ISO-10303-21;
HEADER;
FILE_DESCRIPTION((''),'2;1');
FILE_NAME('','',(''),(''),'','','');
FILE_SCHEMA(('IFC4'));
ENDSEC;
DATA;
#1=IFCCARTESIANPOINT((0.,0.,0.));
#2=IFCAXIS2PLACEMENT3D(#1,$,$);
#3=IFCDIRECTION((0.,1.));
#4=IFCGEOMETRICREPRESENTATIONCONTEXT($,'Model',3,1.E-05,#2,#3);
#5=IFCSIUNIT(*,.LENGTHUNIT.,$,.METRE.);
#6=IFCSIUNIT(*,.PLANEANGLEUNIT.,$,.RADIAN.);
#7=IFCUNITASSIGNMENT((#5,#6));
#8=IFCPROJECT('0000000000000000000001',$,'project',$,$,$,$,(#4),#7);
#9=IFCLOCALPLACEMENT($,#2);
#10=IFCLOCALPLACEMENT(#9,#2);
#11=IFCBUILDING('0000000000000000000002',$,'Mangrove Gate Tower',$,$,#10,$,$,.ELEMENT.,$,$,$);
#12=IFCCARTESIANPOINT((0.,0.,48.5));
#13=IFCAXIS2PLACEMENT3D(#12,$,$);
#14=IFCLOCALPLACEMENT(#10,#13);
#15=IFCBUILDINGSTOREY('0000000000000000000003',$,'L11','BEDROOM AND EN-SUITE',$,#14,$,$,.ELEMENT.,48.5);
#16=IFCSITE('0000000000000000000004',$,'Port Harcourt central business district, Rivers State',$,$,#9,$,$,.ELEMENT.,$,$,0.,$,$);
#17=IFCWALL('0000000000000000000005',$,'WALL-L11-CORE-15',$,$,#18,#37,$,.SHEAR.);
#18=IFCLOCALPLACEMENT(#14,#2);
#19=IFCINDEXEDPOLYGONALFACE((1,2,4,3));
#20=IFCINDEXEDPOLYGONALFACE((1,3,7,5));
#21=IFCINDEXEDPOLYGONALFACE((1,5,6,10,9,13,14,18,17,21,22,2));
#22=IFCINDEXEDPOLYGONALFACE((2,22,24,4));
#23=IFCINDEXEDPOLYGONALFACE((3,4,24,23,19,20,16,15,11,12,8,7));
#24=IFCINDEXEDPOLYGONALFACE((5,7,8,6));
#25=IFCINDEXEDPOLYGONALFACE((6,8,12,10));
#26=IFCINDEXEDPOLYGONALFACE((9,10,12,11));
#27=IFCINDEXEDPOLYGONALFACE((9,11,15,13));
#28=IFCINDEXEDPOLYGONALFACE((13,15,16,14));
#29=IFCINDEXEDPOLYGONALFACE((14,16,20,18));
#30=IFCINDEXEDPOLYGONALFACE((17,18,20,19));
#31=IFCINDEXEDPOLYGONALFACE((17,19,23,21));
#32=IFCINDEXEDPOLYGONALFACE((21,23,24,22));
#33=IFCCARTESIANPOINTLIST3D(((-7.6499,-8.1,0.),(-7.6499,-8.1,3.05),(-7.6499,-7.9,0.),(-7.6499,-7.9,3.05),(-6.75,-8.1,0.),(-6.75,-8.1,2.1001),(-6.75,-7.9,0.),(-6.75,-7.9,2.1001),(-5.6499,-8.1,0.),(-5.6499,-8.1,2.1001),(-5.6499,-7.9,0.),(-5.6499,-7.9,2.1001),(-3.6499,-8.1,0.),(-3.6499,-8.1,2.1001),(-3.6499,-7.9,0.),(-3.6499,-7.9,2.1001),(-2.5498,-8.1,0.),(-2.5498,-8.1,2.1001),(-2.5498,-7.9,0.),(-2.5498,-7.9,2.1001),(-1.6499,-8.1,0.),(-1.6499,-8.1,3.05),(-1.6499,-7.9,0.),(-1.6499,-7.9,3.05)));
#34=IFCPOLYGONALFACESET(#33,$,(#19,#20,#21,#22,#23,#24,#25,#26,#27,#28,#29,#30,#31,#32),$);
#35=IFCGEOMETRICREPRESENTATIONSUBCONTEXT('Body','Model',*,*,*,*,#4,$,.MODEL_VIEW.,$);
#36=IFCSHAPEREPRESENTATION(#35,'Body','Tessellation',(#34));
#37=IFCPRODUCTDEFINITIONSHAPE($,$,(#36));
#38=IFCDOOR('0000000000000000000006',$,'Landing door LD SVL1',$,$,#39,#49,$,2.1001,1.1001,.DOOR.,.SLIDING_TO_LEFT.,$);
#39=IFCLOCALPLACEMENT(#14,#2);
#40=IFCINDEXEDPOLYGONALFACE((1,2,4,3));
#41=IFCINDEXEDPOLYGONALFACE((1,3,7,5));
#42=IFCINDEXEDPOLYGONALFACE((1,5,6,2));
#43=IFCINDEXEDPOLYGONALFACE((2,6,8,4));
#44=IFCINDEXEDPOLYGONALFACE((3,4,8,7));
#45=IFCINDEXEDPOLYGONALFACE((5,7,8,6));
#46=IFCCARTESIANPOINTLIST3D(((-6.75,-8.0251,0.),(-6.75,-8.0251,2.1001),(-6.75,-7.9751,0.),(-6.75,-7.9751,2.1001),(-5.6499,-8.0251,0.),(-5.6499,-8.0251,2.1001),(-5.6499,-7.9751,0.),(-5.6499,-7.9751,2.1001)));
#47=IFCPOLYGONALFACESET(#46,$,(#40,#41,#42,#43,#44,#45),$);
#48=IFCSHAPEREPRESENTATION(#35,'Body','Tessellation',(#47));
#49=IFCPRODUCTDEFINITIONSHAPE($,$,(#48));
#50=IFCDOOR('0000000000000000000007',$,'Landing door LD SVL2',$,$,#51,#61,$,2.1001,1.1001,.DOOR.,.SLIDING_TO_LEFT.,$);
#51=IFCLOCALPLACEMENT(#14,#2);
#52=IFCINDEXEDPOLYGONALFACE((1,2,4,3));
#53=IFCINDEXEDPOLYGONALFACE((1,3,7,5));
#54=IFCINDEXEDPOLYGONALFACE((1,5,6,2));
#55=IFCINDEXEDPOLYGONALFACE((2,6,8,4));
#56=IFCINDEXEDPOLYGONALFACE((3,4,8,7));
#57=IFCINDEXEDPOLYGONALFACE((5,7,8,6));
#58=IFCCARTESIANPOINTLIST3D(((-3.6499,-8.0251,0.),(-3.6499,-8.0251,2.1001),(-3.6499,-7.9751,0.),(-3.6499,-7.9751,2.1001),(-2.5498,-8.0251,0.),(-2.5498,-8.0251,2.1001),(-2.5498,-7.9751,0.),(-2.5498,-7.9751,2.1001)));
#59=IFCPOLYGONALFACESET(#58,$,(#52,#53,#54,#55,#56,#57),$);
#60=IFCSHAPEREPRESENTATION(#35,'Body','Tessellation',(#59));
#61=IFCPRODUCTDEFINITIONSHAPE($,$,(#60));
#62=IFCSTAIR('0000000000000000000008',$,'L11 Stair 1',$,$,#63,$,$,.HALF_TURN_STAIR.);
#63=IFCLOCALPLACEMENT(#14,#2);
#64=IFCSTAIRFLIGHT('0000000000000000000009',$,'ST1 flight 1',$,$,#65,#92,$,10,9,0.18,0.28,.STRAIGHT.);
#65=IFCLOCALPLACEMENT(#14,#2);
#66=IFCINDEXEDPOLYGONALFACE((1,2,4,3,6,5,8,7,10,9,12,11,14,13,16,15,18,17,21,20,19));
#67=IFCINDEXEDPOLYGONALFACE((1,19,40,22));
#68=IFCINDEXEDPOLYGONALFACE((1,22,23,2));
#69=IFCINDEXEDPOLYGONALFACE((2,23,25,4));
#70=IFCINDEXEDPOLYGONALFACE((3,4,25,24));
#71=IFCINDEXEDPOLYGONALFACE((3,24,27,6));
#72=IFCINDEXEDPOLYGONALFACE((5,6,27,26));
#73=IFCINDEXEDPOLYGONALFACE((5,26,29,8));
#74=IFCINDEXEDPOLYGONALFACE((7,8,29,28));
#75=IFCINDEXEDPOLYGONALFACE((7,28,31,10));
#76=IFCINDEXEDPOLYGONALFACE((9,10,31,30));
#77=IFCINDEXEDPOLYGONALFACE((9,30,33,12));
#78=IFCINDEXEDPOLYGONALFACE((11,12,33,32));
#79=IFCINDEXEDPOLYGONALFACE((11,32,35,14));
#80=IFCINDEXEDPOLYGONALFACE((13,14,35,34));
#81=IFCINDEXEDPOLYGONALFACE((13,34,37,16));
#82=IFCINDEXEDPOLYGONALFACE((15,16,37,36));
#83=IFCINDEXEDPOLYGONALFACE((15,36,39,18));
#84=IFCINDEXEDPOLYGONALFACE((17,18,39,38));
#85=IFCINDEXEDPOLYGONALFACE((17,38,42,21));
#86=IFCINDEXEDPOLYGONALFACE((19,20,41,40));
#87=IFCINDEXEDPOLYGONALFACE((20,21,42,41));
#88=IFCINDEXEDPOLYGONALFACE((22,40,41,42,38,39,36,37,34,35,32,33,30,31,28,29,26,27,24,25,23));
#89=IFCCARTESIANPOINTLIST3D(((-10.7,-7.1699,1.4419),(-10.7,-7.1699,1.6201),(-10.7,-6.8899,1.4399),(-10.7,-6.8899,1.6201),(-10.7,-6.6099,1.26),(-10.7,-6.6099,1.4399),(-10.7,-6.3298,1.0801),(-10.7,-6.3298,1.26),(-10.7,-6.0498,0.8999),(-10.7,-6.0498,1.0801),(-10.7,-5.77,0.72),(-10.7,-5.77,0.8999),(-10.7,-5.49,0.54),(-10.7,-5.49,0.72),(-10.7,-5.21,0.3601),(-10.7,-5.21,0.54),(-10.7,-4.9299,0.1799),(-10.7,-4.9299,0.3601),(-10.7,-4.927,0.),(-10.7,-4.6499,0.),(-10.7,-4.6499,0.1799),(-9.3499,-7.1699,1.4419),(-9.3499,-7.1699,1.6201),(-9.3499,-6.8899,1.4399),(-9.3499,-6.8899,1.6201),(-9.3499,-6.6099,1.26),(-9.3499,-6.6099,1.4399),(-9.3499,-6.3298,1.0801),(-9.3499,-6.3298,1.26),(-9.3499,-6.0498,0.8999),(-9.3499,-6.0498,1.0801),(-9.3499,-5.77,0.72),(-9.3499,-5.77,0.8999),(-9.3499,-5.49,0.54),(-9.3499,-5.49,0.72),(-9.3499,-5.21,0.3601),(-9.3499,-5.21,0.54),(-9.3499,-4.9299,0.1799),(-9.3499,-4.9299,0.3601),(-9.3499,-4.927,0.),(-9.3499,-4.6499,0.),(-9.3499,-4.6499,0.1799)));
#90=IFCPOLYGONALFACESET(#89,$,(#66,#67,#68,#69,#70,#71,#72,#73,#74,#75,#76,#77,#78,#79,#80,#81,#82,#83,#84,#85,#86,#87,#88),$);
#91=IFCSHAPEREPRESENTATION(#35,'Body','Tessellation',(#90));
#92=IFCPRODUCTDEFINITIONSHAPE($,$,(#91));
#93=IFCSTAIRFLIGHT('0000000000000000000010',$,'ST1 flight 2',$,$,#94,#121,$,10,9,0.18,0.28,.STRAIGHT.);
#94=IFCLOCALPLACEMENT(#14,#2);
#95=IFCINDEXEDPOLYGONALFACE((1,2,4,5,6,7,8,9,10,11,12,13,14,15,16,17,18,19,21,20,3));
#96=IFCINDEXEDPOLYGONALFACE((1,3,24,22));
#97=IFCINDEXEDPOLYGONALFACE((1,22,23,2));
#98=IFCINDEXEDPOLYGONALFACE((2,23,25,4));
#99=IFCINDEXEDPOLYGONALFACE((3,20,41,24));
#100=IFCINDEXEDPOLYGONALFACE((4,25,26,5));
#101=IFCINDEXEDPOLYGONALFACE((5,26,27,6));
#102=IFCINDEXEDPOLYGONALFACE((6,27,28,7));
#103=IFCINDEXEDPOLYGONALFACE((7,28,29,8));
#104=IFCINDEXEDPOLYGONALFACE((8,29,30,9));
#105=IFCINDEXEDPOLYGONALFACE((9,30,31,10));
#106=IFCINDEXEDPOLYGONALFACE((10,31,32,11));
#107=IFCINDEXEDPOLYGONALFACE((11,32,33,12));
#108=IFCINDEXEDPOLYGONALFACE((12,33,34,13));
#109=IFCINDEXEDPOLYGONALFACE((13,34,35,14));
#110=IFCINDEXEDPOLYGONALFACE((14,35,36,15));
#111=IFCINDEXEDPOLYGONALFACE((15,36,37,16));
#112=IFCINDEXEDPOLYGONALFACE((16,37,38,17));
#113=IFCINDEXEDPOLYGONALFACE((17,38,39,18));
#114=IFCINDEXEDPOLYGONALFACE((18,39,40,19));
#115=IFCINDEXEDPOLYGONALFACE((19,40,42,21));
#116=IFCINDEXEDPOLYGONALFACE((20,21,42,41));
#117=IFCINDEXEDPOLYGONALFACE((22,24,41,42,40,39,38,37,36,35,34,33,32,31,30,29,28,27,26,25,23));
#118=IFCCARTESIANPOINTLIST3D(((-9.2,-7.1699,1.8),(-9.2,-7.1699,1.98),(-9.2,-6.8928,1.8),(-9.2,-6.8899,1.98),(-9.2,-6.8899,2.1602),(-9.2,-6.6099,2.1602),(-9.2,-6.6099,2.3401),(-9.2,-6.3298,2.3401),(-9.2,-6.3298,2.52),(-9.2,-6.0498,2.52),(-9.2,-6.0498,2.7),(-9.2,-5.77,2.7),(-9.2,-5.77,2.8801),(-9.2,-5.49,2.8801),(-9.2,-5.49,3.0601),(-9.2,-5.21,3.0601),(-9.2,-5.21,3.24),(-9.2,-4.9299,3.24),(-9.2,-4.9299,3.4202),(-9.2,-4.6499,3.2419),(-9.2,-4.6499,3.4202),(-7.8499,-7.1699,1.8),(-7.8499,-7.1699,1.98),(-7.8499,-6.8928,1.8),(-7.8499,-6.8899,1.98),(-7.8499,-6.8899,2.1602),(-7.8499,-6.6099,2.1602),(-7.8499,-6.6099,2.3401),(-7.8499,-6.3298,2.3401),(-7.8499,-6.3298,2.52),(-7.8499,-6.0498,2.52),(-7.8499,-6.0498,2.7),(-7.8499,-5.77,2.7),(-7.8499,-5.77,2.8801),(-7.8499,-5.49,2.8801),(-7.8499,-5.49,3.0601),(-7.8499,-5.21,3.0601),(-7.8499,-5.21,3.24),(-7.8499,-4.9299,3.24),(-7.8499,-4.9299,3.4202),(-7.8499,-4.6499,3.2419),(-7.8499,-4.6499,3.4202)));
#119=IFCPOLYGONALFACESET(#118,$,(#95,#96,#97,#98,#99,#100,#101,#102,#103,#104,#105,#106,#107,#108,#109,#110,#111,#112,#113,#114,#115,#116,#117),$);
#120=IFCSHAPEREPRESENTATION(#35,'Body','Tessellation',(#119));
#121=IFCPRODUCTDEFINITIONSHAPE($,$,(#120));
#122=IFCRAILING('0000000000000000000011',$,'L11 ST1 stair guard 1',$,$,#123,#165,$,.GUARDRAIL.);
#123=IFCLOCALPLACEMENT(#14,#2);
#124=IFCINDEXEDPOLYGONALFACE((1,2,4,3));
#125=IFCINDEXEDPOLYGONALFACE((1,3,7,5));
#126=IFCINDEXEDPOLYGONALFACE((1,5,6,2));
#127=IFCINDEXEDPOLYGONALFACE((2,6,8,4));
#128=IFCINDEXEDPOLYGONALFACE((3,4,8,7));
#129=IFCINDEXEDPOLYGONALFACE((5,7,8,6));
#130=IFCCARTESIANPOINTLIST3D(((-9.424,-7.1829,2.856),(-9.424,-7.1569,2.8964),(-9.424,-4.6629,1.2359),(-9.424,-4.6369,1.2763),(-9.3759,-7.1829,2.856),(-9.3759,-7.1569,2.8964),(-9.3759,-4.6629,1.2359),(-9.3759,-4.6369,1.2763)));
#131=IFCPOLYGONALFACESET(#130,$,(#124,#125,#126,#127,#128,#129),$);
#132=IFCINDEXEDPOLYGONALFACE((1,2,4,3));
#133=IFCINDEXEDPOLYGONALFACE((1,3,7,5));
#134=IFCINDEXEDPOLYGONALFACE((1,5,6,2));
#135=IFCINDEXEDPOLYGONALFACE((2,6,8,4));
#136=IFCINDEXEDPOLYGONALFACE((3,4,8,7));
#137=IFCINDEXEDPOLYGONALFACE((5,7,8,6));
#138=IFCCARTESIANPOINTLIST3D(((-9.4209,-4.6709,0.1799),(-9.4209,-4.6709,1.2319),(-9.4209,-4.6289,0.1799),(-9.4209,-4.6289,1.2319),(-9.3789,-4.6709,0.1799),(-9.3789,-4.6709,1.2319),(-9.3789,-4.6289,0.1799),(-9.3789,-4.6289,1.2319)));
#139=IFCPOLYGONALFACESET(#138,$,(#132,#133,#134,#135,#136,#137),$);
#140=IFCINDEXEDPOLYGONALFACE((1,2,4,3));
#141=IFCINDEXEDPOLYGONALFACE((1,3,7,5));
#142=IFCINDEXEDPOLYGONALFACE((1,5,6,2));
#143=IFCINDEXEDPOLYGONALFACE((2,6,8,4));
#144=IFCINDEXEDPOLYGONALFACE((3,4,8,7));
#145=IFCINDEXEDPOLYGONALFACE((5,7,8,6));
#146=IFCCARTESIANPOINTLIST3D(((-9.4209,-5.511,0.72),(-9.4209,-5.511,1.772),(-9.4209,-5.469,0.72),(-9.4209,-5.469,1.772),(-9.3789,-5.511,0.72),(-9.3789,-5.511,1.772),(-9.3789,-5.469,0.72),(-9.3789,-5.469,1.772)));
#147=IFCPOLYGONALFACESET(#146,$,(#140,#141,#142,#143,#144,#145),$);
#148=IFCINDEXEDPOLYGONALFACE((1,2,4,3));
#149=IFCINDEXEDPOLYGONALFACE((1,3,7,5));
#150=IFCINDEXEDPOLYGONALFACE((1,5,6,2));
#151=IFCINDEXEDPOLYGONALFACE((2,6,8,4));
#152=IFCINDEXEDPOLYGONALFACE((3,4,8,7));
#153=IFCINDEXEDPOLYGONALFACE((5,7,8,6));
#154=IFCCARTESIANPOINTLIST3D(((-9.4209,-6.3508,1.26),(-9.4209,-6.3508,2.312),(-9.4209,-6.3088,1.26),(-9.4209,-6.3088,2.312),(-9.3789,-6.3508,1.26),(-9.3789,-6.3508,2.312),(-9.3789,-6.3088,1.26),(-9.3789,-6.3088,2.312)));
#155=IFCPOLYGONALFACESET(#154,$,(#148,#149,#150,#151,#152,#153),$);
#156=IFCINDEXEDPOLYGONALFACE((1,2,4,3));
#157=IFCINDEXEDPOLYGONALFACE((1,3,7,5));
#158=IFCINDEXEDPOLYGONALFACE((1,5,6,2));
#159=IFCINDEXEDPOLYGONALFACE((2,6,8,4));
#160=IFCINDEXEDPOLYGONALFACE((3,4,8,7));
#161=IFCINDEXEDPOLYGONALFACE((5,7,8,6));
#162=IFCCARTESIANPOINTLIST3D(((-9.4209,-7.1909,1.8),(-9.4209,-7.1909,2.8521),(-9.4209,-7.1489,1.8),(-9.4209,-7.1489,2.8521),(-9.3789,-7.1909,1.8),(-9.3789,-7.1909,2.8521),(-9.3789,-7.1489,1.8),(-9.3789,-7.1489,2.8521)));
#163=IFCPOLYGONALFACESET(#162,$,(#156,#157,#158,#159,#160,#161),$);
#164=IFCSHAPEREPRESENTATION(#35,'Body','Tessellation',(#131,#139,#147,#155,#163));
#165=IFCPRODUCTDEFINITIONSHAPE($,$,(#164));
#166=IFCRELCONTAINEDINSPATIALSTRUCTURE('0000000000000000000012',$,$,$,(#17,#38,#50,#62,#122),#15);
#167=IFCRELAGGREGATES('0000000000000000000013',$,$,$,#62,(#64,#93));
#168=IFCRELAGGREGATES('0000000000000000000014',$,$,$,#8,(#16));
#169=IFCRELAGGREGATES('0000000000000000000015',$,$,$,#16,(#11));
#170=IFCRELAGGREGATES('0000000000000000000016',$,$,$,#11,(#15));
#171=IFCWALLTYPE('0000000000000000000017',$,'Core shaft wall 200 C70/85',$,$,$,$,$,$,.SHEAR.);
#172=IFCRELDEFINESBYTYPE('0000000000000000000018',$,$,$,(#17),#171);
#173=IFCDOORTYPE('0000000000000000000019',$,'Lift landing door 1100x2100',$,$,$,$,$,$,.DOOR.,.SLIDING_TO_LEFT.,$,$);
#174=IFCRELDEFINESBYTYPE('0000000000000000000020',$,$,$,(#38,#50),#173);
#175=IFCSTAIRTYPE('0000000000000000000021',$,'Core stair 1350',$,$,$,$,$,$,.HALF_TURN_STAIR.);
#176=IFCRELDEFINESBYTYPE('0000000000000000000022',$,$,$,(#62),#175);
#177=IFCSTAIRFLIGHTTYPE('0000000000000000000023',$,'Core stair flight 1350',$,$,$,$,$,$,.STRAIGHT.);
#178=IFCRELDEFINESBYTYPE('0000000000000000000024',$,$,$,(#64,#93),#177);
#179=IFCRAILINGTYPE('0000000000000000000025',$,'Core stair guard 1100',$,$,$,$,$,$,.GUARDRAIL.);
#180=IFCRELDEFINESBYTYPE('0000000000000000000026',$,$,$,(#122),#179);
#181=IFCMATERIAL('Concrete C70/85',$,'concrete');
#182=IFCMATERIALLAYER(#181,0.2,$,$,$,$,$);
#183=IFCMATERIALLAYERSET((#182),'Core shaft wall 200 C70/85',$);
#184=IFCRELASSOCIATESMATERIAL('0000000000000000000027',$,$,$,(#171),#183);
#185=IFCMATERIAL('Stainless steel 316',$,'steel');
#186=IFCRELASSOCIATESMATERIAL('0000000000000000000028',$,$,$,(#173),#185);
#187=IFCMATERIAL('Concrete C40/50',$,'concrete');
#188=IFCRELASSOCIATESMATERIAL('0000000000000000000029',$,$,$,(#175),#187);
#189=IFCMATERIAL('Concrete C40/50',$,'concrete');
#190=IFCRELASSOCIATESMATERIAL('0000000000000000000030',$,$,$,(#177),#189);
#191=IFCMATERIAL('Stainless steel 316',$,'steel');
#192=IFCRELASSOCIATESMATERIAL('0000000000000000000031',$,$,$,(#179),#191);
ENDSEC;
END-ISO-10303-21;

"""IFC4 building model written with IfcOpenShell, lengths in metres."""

from ifc_helpers import new_model, si_unit, direction, frame, frame_2d, origin, origin_2d, place, context, subcontext, project, spatial, polyline, rectangle, outline, extrude, material, layer, layer_set, type_object, element, fill, aggregate, save


model = new_model("IFC4")

# Units and contexts
model_context = context("Model", 3, precision=1e-05, world=origin(), true_north=direction((0.0, 1.0)))
body_context = subcontext(model_context, "Body", "Model", "MODEL_VIEW")
ifc_project = project(units=[si_unit("LENGTHUNIT", "METRE"), si_unit("PLANEANGLEUNIT", "RADIAN")], contexts=[model_context])

# Site, building, storey
site_placement = place(None, origin())
site = spatial("IfcSite", under=ifc_project, at=site_placement, Name="Port Harcourt central business district, Rivers State", CompositionType="ELEMENT", RefElevation=0.0)
building_placement = place(site_placement, origin())
building = spatial("IfcBuilding", under=site, at=building_placement, Name="Mangrove Gate Tower", CompositionType="ELEMENT")
storey_placement = place(building_placement, frame((0.0, 0.0, 48.5)))
storey = spatial("IfcBuildingStorey", under=building, at=storey_placement, Name="L11", Description="BEDROOM AND EN-SUITE", CompositionType="ELEMENT", Elevation=48.5)

# Wall, openings, doors
ifc_material_1 = material(Name="Concrete C70/85", Category="concrete")
ifc_layer = layer(ifc_material_1, 0.2)
ifc_layer_set = layer_set([ifc_layer], Name="Core shaft wall 200 C70/85")
wall_type = type_object("IfcWallType", Name="Core shaft wall 200 C70/85", PredefinedType="SHEAR", material=ifc_layer_set)
wall_placement = place(storey_placement, frame((-7.6499, -8.0, 0.0), z_axis=(0.0, 0.0, 1.0), x_axis=(1.0, 0.0, 0.0)))
wall = element("IfcWall", 1, at=wall_placement, inside=storey, type_object=wall_type, Name="WALL-L11-CORE-15", PredefinedType="SHEAR", context=body_context, shape_type="SweptSolid", body=[
    extrude(rectangle(XDim=6.0, YDim=0.2, at=frame_2d((3.0, 0.0))), origin(), (0.0, 0.0, 1.0), 3.05),
])
opening_1_placement = place(wall_placement, frame((0.8999, 0.0, 0.0)))
opening_1 = element("IfcOpeningElement", 2, at=opening_1_placement, cuts=wall, PredefinedType="OPENING", context=body_context, shape_type="SweptSolid", body=[
    extrude(rectangle(XDim=1.1001, YDim=2.1001, at=frame_2d((0.55, 1.05))), frame((0.0, 0.1099, 0.0), z_axis=(0.0, -1.0, 0.0), x_axis=(1.0, 0.0, 0.0)), (0.0, 0.0, 1.0), 0.22),
])
opening_2_placement = place(wall_placement, frame((4.0, 0.0, 0.0)))
opening_2 = element("IfcOpeningElement", 3, at=opening_2_placement, cuts=wall, PredefinedType="OPENING", context=body_context, shape_type="SweptSolid", body=[
    extrude(rectangle(XDim=1.1001, YDim=2.1001, at=frame_2d((0.55, 1.05))), frame((0.0, 0.1099, 0.0), z_axis=(0.0, -1.0, 0.0), x_axis=(1.0, 0.0, 0.0)), (0.0, 0.0, 1.0), 0.22),
])
ifc_material_2 = material(Name="Stainless steel 316", Category="steel")
door_type = type_object("IfcDoorType", Name="Lift landing door 1100x2100", OperationType="SLIDING_TO_LEFT", PredefinedType="DOOR", material=ifc_material_2)
door_1_placement = place(opening_1_placement, origin())
door_1 = element("IfcDoor", 4, at=door_1_placement, inside=storey, type_object=door_type, Name="Landing door LD SVL1", OperationType="SLIDING_TO_LEFT", OverallHeight=2.1001, OverallWidth=1.1001, PredefinedType="DOOR", context=body_context, shape_type="SweptSolid", body=[
    extrude(rectangle(XDim=1.1001, YDim=2.1001, at=frame_2d((0.55, 1.05))), frame((0.0, 0.0249, 0.0), z_axis=(0.0, -1.0, 0.0), x_axis=(1.0, 0.0, 0.0)), (0.0, 0.0, 1.0), 0.05),
])
fill(opening_1, door_1)
door_2_placement = place(opening_2_placement, origin())
door_2 = element("IfcDoor", 5, at=door_2_placement, inside=storey, type_object=door_type, Name="Landing door LD SVL2", OperationType="SLIDING_TO_LEFT", OverallHeight=2.1001, OverallWidth=1.1001, PredefinedType="DOOR", context=body_context, shape_type="SweptSolid", body=[
    extrude(rectangle(XDim=1.1001, YDim=2.1001, at=frame_2d((0.55, 1.05))), frame((0.0, 0.0249, 0.0), z_axis=(0.0, -1.0, 0.0), x_axis=(1.0, 0.0, 0.0)), (0.0, 0.0, 1.0), 0.05),
])
fill(opening_2, door_2)

# Stair, stair flights
ifc_material_3 = material(Name="Concrete C40/50", Category="concrete")
stair_type = type_object("IfcStairType", Name="Core stair 1350", PredefinedType="HALF_TURN_STAIR", material=ifc_material_3)
stair_placement = place(storey_placement, origin())
stair = element("IfcStair", 6, at=stair_placement, inside=storey, type_object=stair_type, Name="L11 Stair 1", PredefinedType="HALF_TURN_STAIR")
ifc_material_4 = material(Name="Concrete C40/50", Category="concrete")
stair_flight_type = type_object("IfcStairFlightType", Name="Core stair flight 1350", PredefinedType="STRAIGHT", material=ifc_material_4)
stair_flight_1_placement = place(storey_placement, frame((-10.0249, -4.6499, 0.0), z_axis=(0.0, 0.0, 1.0), x_axis=(0.0, -1.0, 0.0)))
stair_flight_1 = element("IfcStairFlight", 7, at=stair_flight_1_placement, type_object=stair_flight_type, Name="ST1 flight 1", NumberOfRisers=10, NumberOfTreads=9, PredefinedType="STRAIGHT", RiserHeight=0.18, TreadLength=0.28, context=body_context, shape_type="SweptSolid", body=[
    extrude(outline(polyline([(0.0, 0.0), (0.0, 0.1799), (0.28, 0.1799), (0.28, 0.3601), (0.5601, 0.3601), (0.5601, 0.54), (0.8401, 0.54), (0.8401, 0.72), (1.1201, 0.72), (1.1201, 0.8999), (1.3999, 0.8999), (1.3999, 1.0801), (1.6799, 1.0801), (1.6799, 1.26), (1.96, 1.26), (1.96, 1.4399), (2.24, 1.4399), (2.24, 1.6201), (2.52, 1.6201), (2.52, 1.8), (2.52, 1.4419), (0.2771, 0.0), (0.0, 0.0)])), frame((0.0, 0.675, 0.0), z_axis=(0.0, -1.0, 0.0), x_axis=(1.0, 0.0, 0.0)), (0.0, 0.0, 1.0), 1.3501),
])
stair_flight_2_placement = place(storey_placement, frame((-8.5249, -7.1699, 1.8), z_axis=(0.0, 0.0, 1.0), x_axis=(0.0, 1.0, 0.0)))
stair_flight_2 = element("IfcStairFlight", 8, at=stair_flight_2_placement, type_object=stair_flight_type, Name="ST1 flight 2", NumberOfRisers=10, NumberOfTreads=9, PredefinedType="STRAIGHT", RiserHeight=0.18, TreadLength=0.28, context=body_context, shape_type="SweptSolid", body=[
    extrude(outline(polyline([(0.0, 0.0), (0.0, 0.1799), (0.28, 0.1799), (0.28, 0.3601), (0.5601, 0.3601), (0.5601, 0.54), (0.8401, 0.54), (0.8401, 0.72), (1.1201, 0.72), (1.1201, 0.8999), (1.3999, 0.8999), (1.3999, 1.0801), (1.6799, 1.0801), (1.6799, 1.26), (1.96, 1.26), (1.96, 1.4399), (2.24, 1.4399), (2.24, 1.6201), (2.52, 1.6201), (2.52, 1.8), (2.52, 1.4419), (0.2771, 0.0), (0.0, 0.0)])), frame((0.0, 0.675, 0.0), z_axis=(0.0, -1.0, 0.0), x_axis=(1.0, 0.0, 0.0)), (0.0, 0.0, 1.0), 1.3501),
])
aggregate(stair, [stair_flight_1, stair_flight_2])

# Railing
ifc_material_5 = material(Name="Stainless steel 316", Category="steel")
railing_type_1 = type_object("IfcRailingType", Name="Core stair guard 1100", PredefinedType="GUARDRAIL", material=ifc_material_5)
railing_1_placement = place(storey_placement, frame((-9.3999, -4.6499, 0.1799)))
element("IfcRailing", 9, at=railing_1_placement, inside=storey, type_object=railing_type_1, Name="L11 ST1 stair guard 1", PredefinedType="GUARDRAIL", context=body_context, shape_type="SweptSolid", body=[
    extrude(rectangle(XDim=0.0481, YDim=0.0481, at=origin_2d()), frame((0.0, 0.0, 1.0762), z_axis=(0.0, -0.841163, 0.540782), x_axis=(1.0, 0.0, 0.0)), (0.0, 0.0, 1.0), 2.9958),
    extrude(rectangle(XDim=0.042, YDim=0.042, at=origin_2d()), origin(), (0.0, 0.0, 1.0), 1.052),
    extrude(rectangle(XDim=0.042, YDim=0.042, at=origin_2d()), frame((0.0, -0.8401, 0.54)), (0.0, 0.0, 1.0), 1.052),
    extrude(rectangle(XDim=0.042, YDim=0.042, at=origin_2d()), frame((0.0, -1.6799, 1.0801)), (0.0, 0.0, 1.0), 1.052),
    extrude(rectangle(XDim=0.042, YDim=0.042, at=origin_2d()), frame((0.0, -2.52, 1.6201)), (0.0, 0.0, 1.0), 1.052),
])

save(model, "model.ifc")
